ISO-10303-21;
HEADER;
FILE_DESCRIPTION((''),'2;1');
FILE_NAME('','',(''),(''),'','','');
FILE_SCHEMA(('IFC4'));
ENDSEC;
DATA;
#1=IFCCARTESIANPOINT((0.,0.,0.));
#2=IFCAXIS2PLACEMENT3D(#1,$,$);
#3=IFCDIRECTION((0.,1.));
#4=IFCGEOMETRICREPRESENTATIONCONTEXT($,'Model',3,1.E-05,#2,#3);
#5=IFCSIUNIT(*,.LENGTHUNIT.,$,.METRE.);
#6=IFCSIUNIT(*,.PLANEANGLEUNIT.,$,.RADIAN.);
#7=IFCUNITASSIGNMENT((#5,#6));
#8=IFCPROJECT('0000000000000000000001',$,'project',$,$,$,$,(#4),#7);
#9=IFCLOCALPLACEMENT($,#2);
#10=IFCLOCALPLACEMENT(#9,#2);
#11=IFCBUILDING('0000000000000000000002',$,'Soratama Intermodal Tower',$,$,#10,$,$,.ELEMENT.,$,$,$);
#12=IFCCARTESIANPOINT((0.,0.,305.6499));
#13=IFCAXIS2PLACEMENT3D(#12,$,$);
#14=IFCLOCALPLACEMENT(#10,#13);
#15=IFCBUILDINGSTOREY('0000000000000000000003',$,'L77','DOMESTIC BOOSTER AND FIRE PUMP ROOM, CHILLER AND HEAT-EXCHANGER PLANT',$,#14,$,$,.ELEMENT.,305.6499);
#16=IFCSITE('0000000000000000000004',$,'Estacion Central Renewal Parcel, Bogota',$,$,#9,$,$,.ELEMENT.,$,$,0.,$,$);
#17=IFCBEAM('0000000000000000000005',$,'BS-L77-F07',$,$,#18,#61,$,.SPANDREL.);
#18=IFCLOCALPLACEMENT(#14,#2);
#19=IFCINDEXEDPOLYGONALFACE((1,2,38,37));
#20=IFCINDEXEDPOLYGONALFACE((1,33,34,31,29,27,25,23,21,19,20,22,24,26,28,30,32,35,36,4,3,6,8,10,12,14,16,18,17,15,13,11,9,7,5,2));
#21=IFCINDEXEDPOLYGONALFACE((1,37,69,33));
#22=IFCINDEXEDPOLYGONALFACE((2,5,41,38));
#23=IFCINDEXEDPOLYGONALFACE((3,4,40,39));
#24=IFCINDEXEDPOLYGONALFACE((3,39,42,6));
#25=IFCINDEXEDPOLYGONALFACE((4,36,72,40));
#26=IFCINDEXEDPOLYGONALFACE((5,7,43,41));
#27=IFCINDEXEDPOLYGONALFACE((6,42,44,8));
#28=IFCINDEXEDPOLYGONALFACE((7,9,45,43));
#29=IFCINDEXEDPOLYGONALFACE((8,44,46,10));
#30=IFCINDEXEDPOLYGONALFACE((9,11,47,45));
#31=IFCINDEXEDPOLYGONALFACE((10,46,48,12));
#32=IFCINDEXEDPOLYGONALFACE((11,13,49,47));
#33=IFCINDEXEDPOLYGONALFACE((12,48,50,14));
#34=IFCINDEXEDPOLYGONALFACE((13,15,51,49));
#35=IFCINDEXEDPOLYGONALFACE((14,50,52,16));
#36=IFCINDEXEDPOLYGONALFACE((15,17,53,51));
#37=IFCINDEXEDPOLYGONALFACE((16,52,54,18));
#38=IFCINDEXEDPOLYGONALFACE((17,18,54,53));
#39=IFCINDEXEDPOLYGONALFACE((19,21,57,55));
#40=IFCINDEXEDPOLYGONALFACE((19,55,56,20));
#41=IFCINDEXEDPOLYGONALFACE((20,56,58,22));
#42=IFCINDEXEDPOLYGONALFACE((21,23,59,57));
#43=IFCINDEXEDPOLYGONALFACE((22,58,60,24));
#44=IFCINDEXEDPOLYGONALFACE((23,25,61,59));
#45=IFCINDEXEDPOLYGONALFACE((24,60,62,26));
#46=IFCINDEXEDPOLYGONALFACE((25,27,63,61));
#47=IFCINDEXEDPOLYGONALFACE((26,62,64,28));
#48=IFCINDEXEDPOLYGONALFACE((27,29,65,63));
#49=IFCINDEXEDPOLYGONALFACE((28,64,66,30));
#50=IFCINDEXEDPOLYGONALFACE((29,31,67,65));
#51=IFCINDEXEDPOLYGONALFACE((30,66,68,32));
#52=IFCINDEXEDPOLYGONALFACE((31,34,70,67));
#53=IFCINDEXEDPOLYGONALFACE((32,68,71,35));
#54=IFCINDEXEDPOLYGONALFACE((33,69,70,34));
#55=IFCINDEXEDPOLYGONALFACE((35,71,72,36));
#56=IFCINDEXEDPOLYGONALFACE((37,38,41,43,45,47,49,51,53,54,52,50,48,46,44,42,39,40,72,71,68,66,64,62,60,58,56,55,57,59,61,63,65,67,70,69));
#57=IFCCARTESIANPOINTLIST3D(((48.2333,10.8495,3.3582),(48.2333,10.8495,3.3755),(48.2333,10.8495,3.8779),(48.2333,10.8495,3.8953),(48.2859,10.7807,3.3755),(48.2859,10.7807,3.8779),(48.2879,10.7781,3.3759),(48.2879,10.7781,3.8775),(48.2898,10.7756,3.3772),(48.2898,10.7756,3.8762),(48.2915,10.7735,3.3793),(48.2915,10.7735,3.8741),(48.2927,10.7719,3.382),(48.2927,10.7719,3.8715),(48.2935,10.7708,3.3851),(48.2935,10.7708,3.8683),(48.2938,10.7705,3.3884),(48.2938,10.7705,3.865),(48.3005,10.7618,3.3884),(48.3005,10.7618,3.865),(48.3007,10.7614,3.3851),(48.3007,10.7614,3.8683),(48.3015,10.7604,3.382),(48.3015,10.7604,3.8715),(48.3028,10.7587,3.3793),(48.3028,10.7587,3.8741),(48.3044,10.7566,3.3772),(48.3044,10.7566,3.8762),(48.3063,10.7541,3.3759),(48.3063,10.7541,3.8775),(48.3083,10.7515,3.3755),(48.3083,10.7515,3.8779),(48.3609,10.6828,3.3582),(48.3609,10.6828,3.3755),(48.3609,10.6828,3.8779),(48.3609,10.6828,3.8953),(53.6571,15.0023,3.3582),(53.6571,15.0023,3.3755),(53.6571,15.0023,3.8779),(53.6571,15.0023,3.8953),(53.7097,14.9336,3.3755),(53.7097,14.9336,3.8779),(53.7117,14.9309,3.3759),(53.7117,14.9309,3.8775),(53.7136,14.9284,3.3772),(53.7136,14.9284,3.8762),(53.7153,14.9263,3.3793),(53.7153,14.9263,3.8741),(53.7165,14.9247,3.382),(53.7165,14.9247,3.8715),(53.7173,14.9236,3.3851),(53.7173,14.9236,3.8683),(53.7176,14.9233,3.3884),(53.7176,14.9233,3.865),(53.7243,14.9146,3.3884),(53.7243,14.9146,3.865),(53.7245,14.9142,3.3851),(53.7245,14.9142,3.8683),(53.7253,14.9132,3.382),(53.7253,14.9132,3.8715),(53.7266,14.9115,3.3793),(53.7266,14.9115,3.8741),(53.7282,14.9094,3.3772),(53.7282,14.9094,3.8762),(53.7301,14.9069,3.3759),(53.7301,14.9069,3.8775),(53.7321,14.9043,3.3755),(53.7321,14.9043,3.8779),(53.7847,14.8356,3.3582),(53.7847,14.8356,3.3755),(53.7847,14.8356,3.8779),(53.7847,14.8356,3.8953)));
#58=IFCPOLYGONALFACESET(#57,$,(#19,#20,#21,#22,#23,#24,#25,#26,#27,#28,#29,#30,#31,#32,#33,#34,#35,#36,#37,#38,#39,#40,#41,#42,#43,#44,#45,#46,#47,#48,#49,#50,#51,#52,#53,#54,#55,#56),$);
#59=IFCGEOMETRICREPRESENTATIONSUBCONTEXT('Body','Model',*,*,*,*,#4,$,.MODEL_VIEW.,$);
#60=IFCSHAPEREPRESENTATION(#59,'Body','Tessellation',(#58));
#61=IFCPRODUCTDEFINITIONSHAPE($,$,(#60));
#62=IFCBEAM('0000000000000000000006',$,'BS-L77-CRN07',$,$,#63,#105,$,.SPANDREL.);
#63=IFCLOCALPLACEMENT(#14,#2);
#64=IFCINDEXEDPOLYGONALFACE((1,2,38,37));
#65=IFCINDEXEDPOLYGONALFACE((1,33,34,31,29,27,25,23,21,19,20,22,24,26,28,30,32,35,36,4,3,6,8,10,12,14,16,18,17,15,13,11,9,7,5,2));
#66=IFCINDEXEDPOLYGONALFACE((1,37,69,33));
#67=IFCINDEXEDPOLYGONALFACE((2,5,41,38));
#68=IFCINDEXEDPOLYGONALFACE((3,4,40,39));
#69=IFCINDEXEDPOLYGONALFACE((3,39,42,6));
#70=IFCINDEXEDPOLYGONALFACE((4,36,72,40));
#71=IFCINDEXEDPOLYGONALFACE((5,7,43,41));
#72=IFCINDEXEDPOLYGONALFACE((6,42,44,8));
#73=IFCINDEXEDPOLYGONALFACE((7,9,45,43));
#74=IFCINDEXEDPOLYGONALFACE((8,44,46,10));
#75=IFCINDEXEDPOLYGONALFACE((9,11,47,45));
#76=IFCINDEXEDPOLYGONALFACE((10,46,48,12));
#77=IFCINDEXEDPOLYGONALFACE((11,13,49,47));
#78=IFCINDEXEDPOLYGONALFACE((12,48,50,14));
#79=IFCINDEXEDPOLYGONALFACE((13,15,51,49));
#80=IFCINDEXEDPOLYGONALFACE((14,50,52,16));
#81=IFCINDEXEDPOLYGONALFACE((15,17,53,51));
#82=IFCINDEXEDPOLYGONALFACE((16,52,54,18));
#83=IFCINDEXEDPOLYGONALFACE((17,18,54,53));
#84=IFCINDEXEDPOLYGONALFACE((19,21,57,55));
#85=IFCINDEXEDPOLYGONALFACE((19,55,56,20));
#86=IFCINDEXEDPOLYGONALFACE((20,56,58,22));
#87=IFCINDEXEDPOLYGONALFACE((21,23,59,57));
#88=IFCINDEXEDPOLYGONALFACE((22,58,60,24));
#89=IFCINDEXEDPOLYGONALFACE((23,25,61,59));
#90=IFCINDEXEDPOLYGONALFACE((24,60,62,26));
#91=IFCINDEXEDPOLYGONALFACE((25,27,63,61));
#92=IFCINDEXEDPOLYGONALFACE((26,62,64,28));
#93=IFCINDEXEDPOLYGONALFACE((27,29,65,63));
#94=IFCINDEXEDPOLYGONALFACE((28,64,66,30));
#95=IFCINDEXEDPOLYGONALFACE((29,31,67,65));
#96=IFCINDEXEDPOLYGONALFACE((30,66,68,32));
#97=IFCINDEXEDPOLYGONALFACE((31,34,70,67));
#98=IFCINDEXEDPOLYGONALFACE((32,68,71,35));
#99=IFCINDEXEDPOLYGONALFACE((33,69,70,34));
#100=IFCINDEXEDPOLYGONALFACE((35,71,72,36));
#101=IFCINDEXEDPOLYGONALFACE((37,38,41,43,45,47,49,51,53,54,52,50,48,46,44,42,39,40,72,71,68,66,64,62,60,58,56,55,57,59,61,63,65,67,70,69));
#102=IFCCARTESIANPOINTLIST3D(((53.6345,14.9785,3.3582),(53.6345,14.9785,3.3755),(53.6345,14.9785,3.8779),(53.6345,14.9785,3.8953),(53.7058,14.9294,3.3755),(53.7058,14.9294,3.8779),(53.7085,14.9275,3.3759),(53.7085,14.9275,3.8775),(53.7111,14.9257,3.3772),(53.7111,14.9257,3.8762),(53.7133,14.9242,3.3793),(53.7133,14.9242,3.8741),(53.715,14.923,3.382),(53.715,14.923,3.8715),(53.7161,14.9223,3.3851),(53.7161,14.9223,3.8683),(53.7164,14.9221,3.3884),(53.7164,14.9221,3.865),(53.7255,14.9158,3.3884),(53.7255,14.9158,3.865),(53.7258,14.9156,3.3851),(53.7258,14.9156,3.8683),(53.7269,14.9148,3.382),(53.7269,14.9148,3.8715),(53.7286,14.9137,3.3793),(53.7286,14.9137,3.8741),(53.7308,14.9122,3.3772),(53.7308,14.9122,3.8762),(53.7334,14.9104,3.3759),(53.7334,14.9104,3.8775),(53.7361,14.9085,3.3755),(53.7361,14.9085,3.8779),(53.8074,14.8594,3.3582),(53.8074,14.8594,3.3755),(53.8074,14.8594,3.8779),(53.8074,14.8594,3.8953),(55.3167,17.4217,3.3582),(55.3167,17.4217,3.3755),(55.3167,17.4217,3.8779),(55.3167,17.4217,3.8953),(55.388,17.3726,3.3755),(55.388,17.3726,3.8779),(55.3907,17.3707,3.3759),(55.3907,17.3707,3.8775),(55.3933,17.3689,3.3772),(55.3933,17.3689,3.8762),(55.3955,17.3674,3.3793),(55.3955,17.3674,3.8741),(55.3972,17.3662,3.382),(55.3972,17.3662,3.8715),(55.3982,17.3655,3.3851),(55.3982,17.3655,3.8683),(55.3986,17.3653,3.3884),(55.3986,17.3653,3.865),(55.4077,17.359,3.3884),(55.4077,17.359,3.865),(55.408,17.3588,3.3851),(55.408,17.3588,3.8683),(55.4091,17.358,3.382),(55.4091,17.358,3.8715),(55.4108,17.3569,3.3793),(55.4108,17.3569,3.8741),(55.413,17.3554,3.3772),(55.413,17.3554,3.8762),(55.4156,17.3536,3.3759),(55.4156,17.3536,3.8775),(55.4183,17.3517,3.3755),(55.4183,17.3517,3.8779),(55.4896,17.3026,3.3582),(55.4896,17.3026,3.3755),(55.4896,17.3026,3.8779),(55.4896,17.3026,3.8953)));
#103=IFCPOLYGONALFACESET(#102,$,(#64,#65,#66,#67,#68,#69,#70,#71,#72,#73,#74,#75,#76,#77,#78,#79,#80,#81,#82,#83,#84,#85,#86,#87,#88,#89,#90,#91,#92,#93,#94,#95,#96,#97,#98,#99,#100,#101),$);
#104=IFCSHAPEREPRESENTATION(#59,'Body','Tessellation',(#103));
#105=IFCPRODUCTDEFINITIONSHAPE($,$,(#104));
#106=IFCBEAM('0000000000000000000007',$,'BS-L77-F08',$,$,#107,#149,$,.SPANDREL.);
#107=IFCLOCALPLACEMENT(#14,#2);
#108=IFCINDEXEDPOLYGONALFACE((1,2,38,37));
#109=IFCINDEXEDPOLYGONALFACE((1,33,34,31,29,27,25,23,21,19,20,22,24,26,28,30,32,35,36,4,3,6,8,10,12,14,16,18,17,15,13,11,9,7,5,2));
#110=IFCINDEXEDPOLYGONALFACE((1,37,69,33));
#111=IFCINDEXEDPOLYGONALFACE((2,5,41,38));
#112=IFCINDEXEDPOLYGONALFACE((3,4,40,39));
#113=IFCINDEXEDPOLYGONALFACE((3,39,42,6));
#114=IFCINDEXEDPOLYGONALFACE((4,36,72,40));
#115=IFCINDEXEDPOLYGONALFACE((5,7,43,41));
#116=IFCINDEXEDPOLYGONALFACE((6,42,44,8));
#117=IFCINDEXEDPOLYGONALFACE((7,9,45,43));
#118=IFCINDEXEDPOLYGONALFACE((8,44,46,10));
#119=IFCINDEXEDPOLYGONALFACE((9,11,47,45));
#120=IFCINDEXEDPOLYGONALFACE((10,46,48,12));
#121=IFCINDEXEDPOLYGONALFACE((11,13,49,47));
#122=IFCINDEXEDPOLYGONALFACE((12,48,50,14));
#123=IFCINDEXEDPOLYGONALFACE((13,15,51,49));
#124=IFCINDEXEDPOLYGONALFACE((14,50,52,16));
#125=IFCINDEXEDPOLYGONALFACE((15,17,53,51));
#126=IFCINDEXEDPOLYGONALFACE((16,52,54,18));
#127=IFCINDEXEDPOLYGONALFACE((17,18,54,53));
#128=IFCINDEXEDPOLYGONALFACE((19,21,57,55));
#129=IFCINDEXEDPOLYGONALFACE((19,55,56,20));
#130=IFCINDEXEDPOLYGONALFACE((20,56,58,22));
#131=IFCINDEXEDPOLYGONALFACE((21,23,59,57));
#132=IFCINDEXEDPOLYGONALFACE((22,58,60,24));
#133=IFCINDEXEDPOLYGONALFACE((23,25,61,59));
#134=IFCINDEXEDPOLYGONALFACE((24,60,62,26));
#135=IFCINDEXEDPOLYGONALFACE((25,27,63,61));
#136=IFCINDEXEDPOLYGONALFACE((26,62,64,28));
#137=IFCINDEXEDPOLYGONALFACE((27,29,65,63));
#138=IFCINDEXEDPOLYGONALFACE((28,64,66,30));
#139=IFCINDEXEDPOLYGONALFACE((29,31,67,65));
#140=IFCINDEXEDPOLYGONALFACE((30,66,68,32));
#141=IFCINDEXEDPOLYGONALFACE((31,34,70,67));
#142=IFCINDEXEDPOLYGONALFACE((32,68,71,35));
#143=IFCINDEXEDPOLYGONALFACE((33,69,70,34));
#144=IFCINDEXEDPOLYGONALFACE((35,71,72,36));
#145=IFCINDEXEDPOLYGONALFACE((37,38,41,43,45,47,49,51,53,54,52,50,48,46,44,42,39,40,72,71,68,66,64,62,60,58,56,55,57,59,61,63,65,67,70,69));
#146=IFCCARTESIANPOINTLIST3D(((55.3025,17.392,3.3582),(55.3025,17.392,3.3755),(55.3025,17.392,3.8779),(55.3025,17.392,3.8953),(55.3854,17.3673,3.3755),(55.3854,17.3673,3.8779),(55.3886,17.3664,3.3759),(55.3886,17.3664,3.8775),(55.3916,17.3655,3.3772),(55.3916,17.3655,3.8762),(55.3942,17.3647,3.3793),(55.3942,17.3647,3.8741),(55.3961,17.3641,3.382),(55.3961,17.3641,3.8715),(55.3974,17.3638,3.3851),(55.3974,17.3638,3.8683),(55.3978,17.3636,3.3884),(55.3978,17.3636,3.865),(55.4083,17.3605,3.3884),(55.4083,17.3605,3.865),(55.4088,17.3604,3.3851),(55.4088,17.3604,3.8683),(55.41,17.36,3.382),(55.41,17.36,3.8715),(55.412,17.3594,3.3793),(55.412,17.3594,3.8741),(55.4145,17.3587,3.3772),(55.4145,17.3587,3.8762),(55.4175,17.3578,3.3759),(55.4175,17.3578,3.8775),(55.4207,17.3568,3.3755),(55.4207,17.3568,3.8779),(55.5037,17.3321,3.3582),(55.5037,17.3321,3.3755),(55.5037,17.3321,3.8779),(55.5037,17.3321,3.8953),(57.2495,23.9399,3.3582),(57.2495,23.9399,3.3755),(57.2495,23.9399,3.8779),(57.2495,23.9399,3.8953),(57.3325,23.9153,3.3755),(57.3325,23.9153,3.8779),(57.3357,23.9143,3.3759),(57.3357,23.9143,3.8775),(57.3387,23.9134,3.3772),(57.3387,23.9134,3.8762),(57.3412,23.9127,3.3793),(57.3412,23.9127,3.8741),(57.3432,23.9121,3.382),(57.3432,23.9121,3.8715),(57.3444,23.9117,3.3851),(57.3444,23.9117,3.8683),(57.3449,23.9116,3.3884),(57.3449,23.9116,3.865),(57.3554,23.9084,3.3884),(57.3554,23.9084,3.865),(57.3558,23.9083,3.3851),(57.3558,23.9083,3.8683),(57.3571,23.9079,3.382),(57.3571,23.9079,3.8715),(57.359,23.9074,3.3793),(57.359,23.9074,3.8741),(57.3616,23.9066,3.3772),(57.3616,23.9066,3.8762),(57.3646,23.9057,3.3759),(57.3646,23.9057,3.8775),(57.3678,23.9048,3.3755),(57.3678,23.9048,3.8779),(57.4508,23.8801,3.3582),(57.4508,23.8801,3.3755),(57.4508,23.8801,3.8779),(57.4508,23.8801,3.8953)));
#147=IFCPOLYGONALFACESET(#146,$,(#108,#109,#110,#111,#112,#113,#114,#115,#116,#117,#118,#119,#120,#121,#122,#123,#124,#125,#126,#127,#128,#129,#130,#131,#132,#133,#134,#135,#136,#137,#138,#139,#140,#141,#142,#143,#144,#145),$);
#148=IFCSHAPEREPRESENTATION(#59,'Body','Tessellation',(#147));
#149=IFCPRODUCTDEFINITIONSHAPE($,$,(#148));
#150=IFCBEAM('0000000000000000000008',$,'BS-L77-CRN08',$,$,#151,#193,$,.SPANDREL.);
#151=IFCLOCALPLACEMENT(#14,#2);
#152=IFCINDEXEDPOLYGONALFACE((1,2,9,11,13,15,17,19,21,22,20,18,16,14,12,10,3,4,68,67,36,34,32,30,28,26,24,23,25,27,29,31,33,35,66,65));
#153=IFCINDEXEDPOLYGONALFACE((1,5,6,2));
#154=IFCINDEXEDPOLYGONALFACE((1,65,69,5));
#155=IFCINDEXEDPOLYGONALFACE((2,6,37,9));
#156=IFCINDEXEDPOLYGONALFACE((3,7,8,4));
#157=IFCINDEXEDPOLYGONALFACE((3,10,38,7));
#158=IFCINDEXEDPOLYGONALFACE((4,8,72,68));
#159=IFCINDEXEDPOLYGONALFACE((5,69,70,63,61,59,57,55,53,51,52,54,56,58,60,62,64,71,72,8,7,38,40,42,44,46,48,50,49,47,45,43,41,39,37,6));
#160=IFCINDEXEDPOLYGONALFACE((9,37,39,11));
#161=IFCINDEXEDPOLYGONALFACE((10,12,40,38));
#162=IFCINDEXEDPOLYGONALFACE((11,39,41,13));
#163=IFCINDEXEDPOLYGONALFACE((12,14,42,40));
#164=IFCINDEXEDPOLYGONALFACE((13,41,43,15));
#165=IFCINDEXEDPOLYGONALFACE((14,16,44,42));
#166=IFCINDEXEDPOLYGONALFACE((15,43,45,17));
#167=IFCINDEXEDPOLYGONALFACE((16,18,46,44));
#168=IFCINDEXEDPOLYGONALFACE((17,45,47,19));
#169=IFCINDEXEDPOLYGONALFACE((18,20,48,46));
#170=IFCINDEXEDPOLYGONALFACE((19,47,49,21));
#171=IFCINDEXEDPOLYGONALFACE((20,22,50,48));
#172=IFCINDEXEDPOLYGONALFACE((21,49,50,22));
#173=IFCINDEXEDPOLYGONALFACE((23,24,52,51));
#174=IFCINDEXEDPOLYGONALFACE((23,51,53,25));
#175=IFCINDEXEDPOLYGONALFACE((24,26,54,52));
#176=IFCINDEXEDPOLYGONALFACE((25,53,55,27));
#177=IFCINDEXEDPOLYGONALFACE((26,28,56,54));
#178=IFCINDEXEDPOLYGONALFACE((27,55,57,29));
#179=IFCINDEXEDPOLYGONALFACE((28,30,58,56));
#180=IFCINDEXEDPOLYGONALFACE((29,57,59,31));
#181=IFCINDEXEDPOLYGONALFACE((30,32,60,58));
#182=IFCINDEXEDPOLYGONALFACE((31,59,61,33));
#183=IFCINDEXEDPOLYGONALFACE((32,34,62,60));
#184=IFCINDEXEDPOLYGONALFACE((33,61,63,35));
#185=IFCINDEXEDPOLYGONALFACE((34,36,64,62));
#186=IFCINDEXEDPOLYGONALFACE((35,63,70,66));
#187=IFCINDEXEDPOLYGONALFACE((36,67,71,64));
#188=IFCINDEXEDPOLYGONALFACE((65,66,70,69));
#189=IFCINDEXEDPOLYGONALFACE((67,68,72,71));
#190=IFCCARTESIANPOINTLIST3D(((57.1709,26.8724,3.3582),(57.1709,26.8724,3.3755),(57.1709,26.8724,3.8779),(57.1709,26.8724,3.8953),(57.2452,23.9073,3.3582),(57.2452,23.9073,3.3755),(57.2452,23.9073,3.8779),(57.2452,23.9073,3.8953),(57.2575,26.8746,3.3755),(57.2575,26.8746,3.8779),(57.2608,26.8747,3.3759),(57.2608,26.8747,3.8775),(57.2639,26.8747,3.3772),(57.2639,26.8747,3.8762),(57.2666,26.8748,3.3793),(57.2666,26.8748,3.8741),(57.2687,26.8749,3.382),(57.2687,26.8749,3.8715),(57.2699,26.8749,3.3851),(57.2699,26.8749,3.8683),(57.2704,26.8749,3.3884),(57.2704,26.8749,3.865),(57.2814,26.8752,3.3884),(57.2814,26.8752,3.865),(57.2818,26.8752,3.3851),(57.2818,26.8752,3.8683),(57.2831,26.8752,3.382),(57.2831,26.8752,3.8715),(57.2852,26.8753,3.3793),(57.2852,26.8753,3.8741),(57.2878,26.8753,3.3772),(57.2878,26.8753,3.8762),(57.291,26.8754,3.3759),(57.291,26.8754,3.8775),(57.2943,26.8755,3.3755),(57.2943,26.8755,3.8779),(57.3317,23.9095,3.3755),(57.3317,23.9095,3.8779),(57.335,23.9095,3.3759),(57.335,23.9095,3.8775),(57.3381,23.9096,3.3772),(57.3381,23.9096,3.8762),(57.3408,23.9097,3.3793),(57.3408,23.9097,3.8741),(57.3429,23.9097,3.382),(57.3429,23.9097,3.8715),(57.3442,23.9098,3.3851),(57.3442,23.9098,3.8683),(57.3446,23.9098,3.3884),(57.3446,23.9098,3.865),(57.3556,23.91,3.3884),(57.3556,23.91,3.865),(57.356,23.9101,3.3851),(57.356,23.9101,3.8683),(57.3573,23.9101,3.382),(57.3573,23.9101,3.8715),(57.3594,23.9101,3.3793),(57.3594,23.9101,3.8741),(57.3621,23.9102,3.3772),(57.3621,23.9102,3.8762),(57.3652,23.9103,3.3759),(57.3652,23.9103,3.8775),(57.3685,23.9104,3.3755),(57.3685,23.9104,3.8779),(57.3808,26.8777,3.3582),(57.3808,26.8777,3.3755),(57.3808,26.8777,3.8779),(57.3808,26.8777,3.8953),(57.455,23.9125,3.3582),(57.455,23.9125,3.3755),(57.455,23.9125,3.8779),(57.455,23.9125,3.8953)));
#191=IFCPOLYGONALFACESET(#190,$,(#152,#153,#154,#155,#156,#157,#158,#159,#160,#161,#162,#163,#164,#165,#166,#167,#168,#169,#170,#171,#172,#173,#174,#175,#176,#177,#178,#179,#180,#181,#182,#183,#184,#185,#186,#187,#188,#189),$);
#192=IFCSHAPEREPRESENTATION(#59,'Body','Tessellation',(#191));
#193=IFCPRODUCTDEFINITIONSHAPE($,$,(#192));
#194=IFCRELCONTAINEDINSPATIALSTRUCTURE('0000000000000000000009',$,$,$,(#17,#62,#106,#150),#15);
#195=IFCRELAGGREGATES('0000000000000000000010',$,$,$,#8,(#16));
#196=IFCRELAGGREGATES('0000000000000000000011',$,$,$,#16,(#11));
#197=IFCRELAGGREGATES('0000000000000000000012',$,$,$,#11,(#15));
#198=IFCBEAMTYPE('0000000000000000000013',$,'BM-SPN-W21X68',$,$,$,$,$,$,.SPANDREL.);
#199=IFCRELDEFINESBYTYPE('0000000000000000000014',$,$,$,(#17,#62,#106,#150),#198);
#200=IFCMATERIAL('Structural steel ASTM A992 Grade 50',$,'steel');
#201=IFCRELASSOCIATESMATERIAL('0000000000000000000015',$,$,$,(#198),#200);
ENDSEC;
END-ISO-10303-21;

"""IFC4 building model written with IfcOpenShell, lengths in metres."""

from ifc_helpers import new_model, si_unit, direction, frame, origin, origin_2d, place, context, subcontext, project, spatial, i_section, extrude, material, material_profile, profile_set, type_object, element, save


model = new_model("IFC4")

# Units and contexts
model_context = context("Model", 3, precision=1e-05, world=origin(), true_north=direction((0.0, 1.0)))
body_context = subcontext(model_context, "Body", "Model", "MODEL_VIEW")
ifc_project = project(units=[si_unit("LENGTHUNIT", "METRE"), si_unit("PLANEANGLEUNIT", "RADIAN")], contexts=[model_context])

# Site, building, storey
site_placement = place(None, origin())
site = spatial("IfcSite", under=ifc_project, at=site_placement, Name="Estacion Central Renewal Parcel, Bogota", CompositionType="ELEMENT", RefElevation=0.0)
building_placement = place(site_placement, origin())
building = spatial("IfcBuilding", under=site, at=building_placement, Name="Soratama Intermodal Tower", CompositionType="ELEMENT")
storey_placement = place(building_placement, frame((0.0, 0.0, 305.6499)))
storey = spatial("IfcBuildingStorey", under=building, at=storey_placement, Name="L77", Description="DOMESTIC BOOSTER AND FIRE PUMP ROOM, CHILLER AND HEAT-EXCHANGER PLANT", CompositionType="ELEMENT", Elevation=305.6499)

# Beams
ifc_material_1 = material(Name="Structural steel ASTM A992 Grade 50", Category="steel")
ifc_material_profile_1 = material_profile(ifc_material_1, i_section(OverallWidth=0.21, OverallDepth=0.5371, WebThickness=0.011, FlangeThickness=0.0173, FilletRadius=0.0129, at=origin_2d()), Name="W21X68")
ifc_profile_set_1 = profile_set([ifc_material_profile_1], Name="Structural steel ASTM A992 Grade 50")
beam_type_1 = type_object("IfcBeamType", Name="BM-SPN-W21X68", PredefinedType="SPANDREL", material=ifc_profile_set_1)
beam_1_placement = place(storey_placement, frame((48.2971, 10.7661, 3.6267), z_axis=(0.79399, 0.60793, 0.0), x_axis=(-0.60793, 0.79399, 0.0)))
element("IfcBeam", 1, at=beam_1_placement, inside=storey, type_object=beam_type_1, Name="BS-L77-F07", PredefinedType="SPANDREL", context=body_context, shape_type="SweptSolid", body=[
    extrude(i_section(OverallWidth=0.21, OverallDepth=0.5371, WebThickness=0.011, FlangeThickness=0.0173, FilletRadius=0.0129, at=origin_2d()), origin(), (0.0, 0.0, 1.0), 6.8311),
])
beam_2_placement = place(storey_placement, frame((53.7209, 14.9189, 3.6267), z_axis=(0.567098, 0.82365, 0.0), x_axis=(-0.82365, 0.567098, 0.0)))
element("IfcBeam", 2, at=beam_2_placement, inside=storey, type_object=beam_type_1, Name="BS-L77-CRN07", PredefinedType="SPANDREL", context=body_context, shape_type="SweptSolid", body=[
    extrude(i_section(OverallWidth=0.21, OverallDepth=0.5371, WebThickness=0.011, FlangeThickness=0.0173, FilletRadius=0.0129, at=origin_2d()), origin(), (0.0, 0.0, 1.0), 2.9663),
])
beam_3_placement = place(storey_placement, frame((55.4031, 17.3621, 3.6267), z_axis=(0.285019, 0.958522, 0.0), x_axis=(-0.958522, 0.285019, 0.0)))
element("IfcBeam", 3, at=beam_3_placement, inside=storey, type_object=beam_type_1, Name="BS-L77-F08", PredefinedType="SPANDREL", context=body_context, shape_type="SweptSolid", body=[
    extrude(i_section(OverallWidth=0.21, OverallDepth=0.5371, WebThickness=0.011, FlangeThickness=0.0173, FilletRadius=0.0129, at=origin_2d()), origin(), (0.0, 0.0, 1.0), 6.8313),
])
beam_4_placement = place(storey_placement, frame((57.3501, 23.9099, 3.6267), z_axis=(-0.025023, 0.999687, 0.0), x_axis=(-0.999687, -0.025023, 0.0)))
element("IfcBeam", 4, at=beam_4_placement, inside=storey, type_object=beam_type_1, Name="BS-L77-CRN08", PredefinedType="SPANDREL", context=body_context, shape_type="SweptSolid", body=[
    extrude(i_section(OverallWidth=0.21, OverallDepth=0.5371, WebThickness=0.011, FlangeThickness=0.0173, FilletRadius=0.0129, at=origin_2d()), origin(), (0.0, 0.0, 1.0), 2.9661),
])

save(model, "model.ifc")
